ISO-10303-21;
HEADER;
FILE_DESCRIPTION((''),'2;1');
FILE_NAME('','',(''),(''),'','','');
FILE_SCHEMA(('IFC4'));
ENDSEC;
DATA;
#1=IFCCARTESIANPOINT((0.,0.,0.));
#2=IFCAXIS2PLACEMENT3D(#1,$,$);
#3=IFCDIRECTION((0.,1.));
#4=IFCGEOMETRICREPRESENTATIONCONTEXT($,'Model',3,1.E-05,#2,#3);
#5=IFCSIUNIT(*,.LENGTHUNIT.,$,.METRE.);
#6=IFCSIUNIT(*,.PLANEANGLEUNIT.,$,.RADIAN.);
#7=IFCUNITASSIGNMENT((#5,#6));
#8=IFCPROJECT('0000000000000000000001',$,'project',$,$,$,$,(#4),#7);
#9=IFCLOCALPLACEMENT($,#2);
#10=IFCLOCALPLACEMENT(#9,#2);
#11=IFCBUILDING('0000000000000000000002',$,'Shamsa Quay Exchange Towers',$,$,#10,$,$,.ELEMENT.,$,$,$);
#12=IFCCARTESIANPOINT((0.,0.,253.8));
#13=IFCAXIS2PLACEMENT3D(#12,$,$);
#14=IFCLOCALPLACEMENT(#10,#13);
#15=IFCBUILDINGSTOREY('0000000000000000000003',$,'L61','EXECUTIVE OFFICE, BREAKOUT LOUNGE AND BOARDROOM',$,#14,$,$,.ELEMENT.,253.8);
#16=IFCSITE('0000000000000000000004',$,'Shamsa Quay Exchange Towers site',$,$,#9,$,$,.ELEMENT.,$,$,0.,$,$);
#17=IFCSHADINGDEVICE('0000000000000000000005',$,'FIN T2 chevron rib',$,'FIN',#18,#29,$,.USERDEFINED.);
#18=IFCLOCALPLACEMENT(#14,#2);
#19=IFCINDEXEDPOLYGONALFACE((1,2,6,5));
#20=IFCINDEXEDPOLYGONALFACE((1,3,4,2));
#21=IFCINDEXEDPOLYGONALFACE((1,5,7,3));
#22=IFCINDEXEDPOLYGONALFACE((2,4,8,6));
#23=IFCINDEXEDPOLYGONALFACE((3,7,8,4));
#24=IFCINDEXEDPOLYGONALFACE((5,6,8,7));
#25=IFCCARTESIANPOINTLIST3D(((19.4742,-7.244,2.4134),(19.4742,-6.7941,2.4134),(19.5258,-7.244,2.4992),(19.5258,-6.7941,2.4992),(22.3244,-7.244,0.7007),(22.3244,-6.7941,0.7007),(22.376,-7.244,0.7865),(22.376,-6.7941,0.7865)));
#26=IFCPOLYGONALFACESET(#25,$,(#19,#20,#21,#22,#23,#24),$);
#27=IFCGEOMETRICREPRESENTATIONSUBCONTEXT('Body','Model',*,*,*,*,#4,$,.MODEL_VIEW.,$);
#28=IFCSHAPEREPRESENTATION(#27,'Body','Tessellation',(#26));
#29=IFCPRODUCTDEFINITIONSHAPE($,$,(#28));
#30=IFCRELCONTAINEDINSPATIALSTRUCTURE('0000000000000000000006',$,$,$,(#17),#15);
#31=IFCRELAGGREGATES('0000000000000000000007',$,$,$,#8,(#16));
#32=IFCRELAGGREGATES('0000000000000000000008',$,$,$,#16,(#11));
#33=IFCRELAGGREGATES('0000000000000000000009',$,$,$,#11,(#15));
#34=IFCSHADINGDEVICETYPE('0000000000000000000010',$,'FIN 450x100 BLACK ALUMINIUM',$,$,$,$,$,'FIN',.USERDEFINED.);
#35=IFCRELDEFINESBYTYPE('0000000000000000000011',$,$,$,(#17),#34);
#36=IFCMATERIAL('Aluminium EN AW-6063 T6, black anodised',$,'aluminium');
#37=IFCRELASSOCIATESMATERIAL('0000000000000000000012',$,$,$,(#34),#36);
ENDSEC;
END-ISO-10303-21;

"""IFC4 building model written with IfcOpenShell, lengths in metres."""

from ifc_helpers import new_model, si_unit, direction, frame, origin, origin_2d, place, context, subcontext, project, spatial, rectangle, extrude, material, material_profile, profile_set, type_object, element, save


model = new_model("IFC4")

# Units and contexts
model_context = context("Model", 3, precision=1e-05, world=origin(), true_north=direction((0.0, 1.0)))
body_context = subcontext(model_context, "Body", "Model", "MODEL_VIEW")
ifc_project = project(units=[si_unit("LENGTHUNIT", "METRE"), si_unit("PLANEANGLEUNIT", "RADIAN")], contexts=[model_context])

# Site, building, storey
site_placement = place(None, origin())
site = spatial("IfcSite", under=ifc_project, at=site_placement, Name="Shamsa Quay Exchange Towers site", CompositionType="ELEMENT", RefElevation=0.0)
building_placement = place(site_placement, origin())
building = spatial("IfcBuilding", under=site, at=building_placement, Name="Shamsa Quay Exchange Towers", CompositionType="ELEMENT")
storey_placement = place(building_placement, frame((0.0, 0.0, 253.8)))
storey = spatial("IfcBuildingStorey", under=building, at=storey_placement, Name="L61", Description="EXECUTIVE OFFICE, BREAKOUT LOUNGE AND BOARDROOM", CompositionType="ELEMENT", Elevation=253.8)

# Shared definitions
ifc_material_1 = material(Name="Aluminium EN AW-6063 T6, black anodised", Category="aluminium")

# Shading device
ifc_material_profile_1 = material_profile(ifc_material_1, rectangle(XDim=0.45, YDim=0.1001, at=origin_2d()), Name="FIN450x100")
ifc_profile_set_1 = profile_set([ifc_material_profile_1], Name="Aluminium EN AW-6063 T6, black anodised")
shading_device_type = type_object("IfcShadingDeviceType", Name="FIN 450x100 BLACK ALUMINIUM", ElementType="FIN", PredefinedType="USERDEFINED", material=ifc_profile_set_1)
shading_device_1_placement = place(storey_placement, frame((19.5, -7.019, 2.4563), z_axis=(0.857149, 0.0, -0.515068), x_axis=(0.0, 1.0, 0.0)))
element("IfcShadingDevice", 1, at=shading_device_1_placement, inside=storey, type_object=shading_device_type, Name="FIN T2 chevron rib", ObjectType="FIN", PredefinedType="USERDEFINED", context=body_context, shape_type="SweptSolid", body=[
    extrude(rectangle(XDim=0.45, YDim=0.1001, at=origin_2d()), origin(), (0.0, 0.0, 1.0), 3.3252),
])

save(model, "model.ifc")
